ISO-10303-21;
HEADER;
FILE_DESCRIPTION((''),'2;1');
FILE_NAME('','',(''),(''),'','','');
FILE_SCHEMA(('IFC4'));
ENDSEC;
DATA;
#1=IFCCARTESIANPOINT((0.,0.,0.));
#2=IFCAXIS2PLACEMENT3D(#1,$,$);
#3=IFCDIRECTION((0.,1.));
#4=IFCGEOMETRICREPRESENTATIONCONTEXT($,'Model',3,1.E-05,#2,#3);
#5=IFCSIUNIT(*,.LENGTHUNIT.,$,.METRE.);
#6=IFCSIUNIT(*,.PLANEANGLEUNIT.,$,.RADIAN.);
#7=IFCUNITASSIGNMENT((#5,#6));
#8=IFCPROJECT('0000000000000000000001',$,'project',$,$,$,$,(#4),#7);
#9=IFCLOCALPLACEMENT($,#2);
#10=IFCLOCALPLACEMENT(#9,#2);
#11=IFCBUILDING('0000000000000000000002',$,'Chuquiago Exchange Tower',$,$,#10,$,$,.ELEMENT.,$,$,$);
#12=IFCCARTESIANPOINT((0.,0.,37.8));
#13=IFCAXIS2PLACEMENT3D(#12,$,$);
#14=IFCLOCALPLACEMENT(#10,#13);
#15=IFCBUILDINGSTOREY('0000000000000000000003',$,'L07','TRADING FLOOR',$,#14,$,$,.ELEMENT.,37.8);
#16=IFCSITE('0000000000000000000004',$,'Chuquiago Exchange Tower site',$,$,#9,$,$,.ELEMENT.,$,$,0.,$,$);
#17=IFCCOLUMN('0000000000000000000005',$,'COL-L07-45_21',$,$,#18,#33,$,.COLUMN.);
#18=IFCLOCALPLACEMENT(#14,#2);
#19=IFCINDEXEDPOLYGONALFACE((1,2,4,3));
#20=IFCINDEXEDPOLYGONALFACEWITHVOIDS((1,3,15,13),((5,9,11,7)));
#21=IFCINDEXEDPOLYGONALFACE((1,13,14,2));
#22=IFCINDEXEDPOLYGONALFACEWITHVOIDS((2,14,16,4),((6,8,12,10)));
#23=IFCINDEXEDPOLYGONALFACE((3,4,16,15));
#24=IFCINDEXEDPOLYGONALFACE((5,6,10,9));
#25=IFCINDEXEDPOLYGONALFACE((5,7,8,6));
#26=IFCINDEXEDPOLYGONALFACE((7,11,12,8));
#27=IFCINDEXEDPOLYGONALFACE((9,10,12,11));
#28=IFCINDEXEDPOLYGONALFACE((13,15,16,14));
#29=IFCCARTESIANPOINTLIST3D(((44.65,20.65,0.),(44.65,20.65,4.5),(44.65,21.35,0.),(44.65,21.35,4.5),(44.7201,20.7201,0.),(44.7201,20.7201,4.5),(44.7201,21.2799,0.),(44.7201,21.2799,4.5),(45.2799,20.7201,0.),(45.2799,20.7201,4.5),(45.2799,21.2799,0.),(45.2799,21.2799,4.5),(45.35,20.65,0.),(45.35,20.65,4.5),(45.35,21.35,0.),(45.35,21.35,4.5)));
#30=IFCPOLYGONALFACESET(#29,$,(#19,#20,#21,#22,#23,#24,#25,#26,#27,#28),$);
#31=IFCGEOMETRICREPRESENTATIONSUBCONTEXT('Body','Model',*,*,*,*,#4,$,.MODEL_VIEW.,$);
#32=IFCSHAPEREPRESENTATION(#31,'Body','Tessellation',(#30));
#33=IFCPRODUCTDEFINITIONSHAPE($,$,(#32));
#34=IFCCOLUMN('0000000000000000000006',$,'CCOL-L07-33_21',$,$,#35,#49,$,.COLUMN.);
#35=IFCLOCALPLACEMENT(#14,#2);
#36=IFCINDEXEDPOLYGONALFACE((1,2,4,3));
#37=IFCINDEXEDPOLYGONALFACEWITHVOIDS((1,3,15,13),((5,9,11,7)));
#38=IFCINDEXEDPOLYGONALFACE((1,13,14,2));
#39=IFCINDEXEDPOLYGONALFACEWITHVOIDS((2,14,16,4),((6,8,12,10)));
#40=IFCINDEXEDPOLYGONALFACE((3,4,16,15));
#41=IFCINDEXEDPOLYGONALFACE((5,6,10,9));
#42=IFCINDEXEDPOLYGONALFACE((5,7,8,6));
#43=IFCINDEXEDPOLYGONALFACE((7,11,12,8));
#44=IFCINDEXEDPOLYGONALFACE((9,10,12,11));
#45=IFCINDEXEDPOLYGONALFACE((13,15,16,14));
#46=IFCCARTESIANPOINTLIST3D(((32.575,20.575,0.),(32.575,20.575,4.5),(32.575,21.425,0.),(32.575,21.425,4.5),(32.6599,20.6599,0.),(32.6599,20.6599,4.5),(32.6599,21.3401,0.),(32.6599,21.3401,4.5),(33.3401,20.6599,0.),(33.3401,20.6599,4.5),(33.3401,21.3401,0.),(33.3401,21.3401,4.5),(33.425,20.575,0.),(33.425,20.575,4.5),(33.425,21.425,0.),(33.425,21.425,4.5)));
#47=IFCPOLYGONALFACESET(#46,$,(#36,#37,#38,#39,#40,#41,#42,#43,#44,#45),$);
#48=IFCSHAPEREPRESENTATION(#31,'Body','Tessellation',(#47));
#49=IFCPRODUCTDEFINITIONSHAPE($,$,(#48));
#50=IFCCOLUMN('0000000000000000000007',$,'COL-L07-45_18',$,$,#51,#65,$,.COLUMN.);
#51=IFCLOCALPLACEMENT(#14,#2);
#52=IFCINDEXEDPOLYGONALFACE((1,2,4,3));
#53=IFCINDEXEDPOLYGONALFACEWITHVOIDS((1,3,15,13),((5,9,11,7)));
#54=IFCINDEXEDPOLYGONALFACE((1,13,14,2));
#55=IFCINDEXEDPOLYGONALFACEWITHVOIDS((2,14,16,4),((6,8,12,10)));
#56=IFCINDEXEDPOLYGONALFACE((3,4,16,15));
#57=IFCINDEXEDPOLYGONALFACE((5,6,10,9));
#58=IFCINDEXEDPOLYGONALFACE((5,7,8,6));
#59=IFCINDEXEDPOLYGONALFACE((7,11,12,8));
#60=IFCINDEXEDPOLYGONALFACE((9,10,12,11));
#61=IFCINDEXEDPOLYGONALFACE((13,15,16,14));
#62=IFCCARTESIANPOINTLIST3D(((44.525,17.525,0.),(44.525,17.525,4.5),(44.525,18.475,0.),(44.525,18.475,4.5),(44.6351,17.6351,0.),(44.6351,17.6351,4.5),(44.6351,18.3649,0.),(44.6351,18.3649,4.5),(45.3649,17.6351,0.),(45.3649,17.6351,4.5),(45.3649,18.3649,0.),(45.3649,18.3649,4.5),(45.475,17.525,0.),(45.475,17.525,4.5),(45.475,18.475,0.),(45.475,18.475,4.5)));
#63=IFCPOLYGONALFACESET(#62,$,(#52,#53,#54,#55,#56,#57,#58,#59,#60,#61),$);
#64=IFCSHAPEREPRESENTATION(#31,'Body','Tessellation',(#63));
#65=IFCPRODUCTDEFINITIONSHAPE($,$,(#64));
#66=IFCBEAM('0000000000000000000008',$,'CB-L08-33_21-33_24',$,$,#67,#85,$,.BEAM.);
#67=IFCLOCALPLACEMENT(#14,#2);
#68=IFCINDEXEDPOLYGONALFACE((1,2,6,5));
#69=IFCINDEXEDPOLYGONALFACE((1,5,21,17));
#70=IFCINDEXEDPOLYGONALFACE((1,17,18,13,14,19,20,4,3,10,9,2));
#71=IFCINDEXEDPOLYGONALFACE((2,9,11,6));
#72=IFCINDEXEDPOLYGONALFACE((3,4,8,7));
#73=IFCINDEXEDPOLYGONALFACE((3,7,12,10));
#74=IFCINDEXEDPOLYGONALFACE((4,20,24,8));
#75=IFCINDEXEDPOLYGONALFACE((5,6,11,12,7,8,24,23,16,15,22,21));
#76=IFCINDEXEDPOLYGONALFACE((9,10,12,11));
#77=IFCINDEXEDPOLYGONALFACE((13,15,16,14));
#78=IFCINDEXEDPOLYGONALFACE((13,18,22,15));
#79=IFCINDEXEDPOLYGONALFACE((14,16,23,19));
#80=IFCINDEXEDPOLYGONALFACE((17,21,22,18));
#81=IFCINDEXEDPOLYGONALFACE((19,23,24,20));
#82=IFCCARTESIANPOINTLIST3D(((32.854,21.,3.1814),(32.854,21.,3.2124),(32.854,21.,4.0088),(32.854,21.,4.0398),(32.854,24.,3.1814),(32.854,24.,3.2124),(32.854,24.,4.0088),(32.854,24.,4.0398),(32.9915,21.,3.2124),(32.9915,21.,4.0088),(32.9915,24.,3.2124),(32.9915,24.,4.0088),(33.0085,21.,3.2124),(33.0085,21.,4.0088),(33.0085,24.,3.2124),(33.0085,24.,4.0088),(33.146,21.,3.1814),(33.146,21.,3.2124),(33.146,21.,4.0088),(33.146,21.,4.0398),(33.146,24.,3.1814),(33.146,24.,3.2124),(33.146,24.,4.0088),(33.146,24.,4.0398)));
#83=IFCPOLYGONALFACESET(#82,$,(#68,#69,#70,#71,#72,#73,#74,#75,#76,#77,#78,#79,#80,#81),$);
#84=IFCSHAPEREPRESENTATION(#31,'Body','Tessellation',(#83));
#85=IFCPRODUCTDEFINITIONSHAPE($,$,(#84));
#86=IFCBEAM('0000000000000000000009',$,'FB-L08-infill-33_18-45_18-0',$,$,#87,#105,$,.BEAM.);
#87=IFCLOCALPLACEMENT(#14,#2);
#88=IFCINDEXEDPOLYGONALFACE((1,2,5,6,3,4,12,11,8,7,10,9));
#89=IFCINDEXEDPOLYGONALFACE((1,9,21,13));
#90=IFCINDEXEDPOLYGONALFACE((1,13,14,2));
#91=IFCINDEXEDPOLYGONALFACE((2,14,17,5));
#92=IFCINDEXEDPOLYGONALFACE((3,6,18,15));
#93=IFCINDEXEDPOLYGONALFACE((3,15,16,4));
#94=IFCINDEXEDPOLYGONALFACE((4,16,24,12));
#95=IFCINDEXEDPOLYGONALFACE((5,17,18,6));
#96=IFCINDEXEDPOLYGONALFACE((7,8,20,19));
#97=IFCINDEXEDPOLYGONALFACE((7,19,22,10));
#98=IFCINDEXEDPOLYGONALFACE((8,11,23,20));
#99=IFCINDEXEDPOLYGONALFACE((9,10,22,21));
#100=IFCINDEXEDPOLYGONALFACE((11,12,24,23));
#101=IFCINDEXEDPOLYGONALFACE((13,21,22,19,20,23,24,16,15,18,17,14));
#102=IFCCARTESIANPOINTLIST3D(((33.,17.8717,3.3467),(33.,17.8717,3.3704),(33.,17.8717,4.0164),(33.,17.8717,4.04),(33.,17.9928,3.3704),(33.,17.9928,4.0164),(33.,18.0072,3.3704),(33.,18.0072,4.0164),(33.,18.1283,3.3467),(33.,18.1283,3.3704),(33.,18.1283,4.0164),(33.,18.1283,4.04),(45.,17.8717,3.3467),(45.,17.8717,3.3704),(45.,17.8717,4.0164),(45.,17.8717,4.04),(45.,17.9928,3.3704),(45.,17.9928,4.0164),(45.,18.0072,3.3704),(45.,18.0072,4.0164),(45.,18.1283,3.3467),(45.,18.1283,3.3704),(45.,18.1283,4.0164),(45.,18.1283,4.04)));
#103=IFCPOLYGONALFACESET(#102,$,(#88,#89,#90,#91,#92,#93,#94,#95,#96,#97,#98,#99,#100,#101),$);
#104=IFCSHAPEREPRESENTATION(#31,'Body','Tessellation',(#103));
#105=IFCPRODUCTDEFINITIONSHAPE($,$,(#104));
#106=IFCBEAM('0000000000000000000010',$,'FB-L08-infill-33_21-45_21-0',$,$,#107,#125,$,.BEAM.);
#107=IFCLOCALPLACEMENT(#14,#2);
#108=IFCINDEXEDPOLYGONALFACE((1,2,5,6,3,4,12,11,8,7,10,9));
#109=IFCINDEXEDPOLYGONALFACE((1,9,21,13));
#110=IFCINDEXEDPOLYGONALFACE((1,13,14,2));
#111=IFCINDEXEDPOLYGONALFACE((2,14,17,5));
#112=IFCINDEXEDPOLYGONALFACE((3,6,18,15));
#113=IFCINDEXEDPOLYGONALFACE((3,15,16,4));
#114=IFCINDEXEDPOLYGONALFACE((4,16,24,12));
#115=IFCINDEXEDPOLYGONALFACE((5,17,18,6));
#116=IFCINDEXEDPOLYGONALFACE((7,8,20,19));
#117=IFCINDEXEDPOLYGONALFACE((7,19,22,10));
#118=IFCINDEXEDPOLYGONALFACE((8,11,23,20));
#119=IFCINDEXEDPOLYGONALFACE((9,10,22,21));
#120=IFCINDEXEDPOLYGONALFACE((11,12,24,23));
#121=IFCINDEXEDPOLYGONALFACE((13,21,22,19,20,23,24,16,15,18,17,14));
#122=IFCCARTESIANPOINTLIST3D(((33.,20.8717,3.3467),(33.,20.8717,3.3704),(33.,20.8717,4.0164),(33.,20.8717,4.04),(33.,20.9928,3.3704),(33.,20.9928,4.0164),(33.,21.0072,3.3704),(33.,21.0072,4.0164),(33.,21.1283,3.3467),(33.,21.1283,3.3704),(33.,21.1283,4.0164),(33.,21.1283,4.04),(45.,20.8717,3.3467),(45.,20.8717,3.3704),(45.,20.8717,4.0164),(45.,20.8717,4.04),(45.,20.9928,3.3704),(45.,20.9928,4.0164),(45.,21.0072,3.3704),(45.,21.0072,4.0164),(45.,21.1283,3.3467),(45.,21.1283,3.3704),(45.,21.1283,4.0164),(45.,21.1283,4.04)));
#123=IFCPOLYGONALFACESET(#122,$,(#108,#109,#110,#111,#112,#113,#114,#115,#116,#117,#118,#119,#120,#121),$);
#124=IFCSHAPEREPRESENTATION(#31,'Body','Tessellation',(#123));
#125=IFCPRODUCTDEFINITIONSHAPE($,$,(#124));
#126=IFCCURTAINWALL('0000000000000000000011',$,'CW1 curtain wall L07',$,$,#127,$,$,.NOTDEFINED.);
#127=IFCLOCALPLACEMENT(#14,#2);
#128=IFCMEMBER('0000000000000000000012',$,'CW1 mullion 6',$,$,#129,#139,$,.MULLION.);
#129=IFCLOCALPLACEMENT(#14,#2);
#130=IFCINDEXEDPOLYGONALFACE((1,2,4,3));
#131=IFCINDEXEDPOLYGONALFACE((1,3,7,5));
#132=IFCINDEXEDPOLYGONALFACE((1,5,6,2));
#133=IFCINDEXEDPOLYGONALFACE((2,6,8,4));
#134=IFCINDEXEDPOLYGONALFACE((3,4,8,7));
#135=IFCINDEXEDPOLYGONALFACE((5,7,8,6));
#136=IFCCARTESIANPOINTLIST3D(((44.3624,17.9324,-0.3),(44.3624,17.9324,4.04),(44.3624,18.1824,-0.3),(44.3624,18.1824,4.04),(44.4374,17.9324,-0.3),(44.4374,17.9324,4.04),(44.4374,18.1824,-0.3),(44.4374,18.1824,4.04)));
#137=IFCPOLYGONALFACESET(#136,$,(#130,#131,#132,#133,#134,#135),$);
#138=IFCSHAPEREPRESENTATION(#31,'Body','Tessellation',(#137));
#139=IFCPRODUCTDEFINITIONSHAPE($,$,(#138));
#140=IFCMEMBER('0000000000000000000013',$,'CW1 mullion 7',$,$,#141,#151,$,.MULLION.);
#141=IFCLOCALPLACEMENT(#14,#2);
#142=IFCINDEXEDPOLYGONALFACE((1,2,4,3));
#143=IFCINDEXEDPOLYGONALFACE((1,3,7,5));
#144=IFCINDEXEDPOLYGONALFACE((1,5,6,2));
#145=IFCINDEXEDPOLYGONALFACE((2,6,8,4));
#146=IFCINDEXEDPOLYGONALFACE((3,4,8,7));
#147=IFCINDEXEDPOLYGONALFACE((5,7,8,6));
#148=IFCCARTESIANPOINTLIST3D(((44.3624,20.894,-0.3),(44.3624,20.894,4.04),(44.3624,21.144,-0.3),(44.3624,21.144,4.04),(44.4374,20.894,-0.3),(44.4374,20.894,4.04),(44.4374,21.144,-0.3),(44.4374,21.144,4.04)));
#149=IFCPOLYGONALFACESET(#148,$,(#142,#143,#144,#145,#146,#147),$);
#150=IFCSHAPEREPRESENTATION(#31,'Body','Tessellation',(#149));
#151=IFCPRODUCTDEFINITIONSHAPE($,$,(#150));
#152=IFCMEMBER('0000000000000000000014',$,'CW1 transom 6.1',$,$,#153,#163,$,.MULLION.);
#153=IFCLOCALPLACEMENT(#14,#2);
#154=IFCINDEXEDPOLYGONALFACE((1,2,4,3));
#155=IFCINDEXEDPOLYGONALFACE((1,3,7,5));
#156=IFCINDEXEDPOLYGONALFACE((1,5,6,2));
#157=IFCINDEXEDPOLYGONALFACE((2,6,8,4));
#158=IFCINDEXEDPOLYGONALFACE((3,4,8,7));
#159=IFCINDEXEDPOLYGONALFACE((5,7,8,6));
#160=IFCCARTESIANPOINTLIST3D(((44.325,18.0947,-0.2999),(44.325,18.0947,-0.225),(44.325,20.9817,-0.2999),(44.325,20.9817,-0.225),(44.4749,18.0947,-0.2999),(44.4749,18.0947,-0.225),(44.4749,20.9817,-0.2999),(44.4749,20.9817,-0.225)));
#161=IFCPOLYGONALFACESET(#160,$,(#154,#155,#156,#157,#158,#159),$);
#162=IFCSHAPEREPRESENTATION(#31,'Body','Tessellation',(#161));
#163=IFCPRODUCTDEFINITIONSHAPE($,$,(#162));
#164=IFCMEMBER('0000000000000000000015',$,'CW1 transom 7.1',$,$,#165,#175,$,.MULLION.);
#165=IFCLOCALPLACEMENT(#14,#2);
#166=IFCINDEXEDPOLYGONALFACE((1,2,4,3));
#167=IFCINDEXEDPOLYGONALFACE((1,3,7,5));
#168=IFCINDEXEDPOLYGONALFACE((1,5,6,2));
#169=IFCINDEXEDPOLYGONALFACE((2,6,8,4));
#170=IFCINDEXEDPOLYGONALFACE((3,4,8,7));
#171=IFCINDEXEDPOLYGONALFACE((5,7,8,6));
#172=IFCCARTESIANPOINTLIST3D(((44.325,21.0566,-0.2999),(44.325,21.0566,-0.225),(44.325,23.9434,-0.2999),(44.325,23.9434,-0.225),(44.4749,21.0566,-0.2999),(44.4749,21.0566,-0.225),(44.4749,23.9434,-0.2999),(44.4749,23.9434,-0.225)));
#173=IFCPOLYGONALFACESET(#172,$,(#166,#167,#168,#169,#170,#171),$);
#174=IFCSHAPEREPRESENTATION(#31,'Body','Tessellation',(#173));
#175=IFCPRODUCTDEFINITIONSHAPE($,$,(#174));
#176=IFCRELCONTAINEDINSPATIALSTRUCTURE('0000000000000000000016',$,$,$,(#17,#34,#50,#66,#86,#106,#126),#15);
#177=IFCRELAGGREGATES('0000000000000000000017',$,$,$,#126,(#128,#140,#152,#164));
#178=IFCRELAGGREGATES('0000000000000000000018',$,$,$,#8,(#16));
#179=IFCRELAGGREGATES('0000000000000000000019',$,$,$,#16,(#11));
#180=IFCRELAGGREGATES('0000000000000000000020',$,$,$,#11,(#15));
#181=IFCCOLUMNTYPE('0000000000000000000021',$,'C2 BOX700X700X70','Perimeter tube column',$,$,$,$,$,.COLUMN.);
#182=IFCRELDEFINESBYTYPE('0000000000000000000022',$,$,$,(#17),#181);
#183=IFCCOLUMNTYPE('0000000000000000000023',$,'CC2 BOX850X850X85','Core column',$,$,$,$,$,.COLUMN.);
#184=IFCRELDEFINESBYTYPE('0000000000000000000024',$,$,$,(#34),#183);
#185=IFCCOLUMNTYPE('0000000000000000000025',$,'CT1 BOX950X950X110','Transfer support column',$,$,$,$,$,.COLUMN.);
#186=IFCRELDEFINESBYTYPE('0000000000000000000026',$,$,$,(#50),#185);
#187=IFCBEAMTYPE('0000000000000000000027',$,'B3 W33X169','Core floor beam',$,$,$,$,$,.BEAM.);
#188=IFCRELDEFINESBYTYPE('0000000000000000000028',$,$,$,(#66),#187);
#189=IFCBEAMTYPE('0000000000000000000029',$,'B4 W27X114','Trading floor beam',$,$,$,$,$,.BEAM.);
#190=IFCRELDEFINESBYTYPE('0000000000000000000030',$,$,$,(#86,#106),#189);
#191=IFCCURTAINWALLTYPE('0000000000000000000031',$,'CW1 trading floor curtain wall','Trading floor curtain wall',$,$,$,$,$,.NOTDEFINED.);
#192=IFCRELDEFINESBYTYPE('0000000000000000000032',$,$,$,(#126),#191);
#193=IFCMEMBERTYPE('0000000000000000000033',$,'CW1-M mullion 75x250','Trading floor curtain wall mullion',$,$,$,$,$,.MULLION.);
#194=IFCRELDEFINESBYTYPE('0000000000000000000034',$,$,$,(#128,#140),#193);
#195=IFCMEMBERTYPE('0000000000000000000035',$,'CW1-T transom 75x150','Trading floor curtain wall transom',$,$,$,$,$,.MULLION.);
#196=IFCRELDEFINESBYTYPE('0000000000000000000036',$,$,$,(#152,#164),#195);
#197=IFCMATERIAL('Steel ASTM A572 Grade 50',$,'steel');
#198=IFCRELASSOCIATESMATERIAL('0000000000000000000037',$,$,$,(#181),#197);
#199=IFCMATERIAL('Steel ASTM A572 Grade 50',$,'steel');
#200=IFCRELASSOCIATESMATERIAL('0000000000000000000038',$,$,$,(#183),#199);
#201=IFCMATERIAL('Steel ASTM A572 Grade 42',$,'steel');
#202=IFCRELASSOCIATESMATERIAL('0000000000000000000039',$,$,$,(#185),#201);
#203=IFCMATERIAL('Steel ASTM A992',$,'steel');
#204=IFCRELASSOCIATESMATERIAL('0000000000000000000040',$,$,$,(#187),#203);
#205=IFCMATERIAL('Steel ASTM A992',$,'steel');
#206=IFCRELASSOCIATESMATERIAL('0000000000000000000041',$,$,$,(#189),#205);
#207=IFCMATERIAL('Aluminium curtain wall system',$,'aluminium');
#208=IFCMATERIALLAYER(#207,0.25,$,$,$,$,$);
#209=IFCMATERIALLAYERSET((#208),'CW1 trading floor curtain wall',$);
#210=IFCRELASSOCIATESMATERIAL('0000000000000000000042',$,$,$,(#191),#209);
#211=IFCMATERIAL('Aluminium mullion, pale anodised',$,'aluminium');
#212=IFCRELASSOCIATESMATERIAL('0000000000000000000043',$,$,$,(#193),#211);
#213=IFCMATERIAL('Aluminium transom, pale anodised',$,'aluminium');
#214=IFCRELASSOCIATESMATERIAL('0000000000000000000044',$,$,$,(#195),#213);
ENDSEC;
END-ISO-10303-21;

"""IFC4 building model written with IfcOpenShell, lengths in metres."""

from ifc_helpers import new_model, si_unit, direction, frame, origin, origin_2d, place, context, subcontext, project, spatial, rectangle, hollow_rectangle, i_section, extrude, material, layer, layer_set, material_profile, profile_set, type_object, element, aggregate, save


model = new_model("IFC4")

# Units and contexts
model_context = context("Model", 3, precision=1e-05, world=origin(), true_north=direction((0.0, 1.0)))
body_context = subcontext(model_context, "Body", "Model", "MODEL_VIEW")
ifc_project = project(units=[si_unit("LENGTHUNIT", "METRE"), si_unit("PLANEANGLEUNIT", "RADIAN")], contexts=[model_context])

# Site, building, storey
site_placement = place(None, origin())
site = spatial("IfcSite", under=ifc_project, at=site_placement, Name="Chuquiago Exchange Tower site", CompositionType="ELEMENT", RefElevation=0.0)
building_placement = place(site_placement, origin())
building = spatial("IfcBuilding", under=site, at=building_placement, Name="Chuquiago Exchange Tower", CompositionType="ELEMENT")
storey_placement = place(building_placement, frame((0.0, 0.0, 37.8)))
storey = spatial("IfcBuildingStorey", under=building, at=storey_placement, Name="L07", Description="TRADING FLOOR", CompositionType="ELEMENT", Elevation=37.8)

# Columns
ifc_material_1 = material(Name="Steel ASTM A572 Grade 50", Category="steel")
ifc_material_profile_1 = material_profile(ifc_material_1, hollow_rectangle(XDim=0.7, YDim=0.7, WallThickness=0.0701, at=origin_2d()), Name="BOX700X700X70")
ifc_profile_set_1 = profile_set([ifc_material_profile_1], Name="Steel ASTM A572 Grade 50")
column_type_1 = type_object("IfcColumnType", Name="C2 BOX700X700X70", Description="Perimeter tube column", PredefinedType="COLUMN", material=ifc_profile_set_1)
column_1_placement = place(storey_placement, frame((45.0, 21.0, 0.0), z_axis=(0.0, 0.0, 1.0), x_axis=(1.0, 0.0, 0.0)))
element("IfcColumn", 1, at=column_1_placement, inside=storey, type_object=column_type_1, Name="COL-L07-45_21", PredefinedType="COLUMN", context=body_context, shape_type="SweptSolid", body=[
    extrude(hollow_rectangle(XDim=0.7, YDim=0.7, WallThickness=0.0701, at=origin_2d()), origin(), (0.0, 0.0, 1.0), 4.5),
])
ifc_material_2 = material(Name="Steel ASTM A572 Grade 50", Category="steel")
ifc_material_profile_2 = material_profile(ifc_material_2, hollow_rectangle(XDim=0.8501, YDim=0.8501, WallThickness=0.085, at=origin_2d()), Name="BOX850X850X85")
ifc_profile_set_2 = profile_set([ifc_material_profile_2], Name="Steel ASTM A572 Grade 50")
column_type_2 = type_object("IfcColumnType", Name="CC2 BOX850X850X85", Description="Core column", PredefinedType="COLUMN", material=ifc_profile_set_2)
column_2_placement = place(storey_placement, frame((33.0, 21.0, 0.0), z_axis=(0.0, 0.0, 1.0), x_axis=(1.0, 0.0, 0.0)))
element("IfcColumn", 2, at=column_2_placement, inside=storey, type_object=column_type_2, Name="CCOL-L07-33_21", PredefinedType="COLUMN", context=body_context, shape_type="SweptSolid", body=[
    extrude(hollow_rectangle(XDim=0.8501, YDim=0.8501, WallThickness=0.085, at=origin_2d()), origin(), (0.0, 0.0, 1.0), 4.5),
])
ifc_material_3 = material(Name="Steel ASTM A572 Grade 42", Category="steel")
ifc_material_profile_3 = material_profile(ifc_material_3, hollow_rectangle(XDim=0.95, YDim=0.95, WallThickness=0.1101, at=origin_2d()), Name="BOX950X950X110")
ifc_profile_set_3 = profile_set([ifc_material_profile_3], Name="Steel ASTM A572 Grade 42")
column_type_3 = type_object("IfcColumnType", Name="CT1 BOX950X950X110", Description="Transfer support column", PredefinedType="COLUMN", material=ifc_profile_set_3)
column_3_placement = place(storey_placement, frame((45.0, 18.0, 0.0), z_axis=(0.0, 0.0, 1.0), x_axis=(1.0, 0.0, 0.0)))
element("IfcColumn", 3, at=column_3_placement, inside=storey, type_object=column_type_3, Name="COL-L07-45_18", PredefinedType="COLUMN", context=body_context, shape_type="SweptSolid", body=[
    extrude(hollow_rectangle(XDim=0.95, YDim=0.95, WallThickness=0.1101, at=origin_2d()), origin(), (0.0, 0.0, 1.0), 4.5),
])

# Beams
ifc_material_4 = material(Name="Steel ASTM A992", Category="steel")
ifc_material_profile_4 = material_profile(ifc_material_4, i_section(OverallWidth=0.292, OverallDepth=0.8584, WebThickness=0.0171, FlangeThickness=0.031, at=origin_2d()), Name="W33X169")
ifc_profile_set_4 = profile_set([ifc_material_profile_4], Name="Steel ASTM A992")
beam_type_1 = type_object("IfcBeamType", Name="B3 W33X169", Description="Core floor beam", PredefinedType="BEAM", material=ifc_profile_set_4)
beam_placement = place(storey_placement, frame((33.0, 21.0, 3.6106), z_axis=(0.0, 1.0, 0.0), x_axis=(-1.0, 0.0, 0.0)))
element("IfcBeam", 4, at=beam_placement, inside=storey, type_object=beam_type_1, Name="CB-L08-33_21-33_24", PredefinedType="BEAM", context=body_context, shape_type="SweptSolid", body=[
    extrude(i_section(OverallWidth=0.292, OverallDepth=0.8584, WebThickness=0.0171, FlangeThickness=0.031, at=origin_2d()), origin(), (0.0, 0.0, 1.0), 3.0),
])
ifc_material_5 = material(Name="Steel ASTM A992", Category="steel")
ifc_material_profile_5 = material_profile(ifc_material_5, i_section(OverallWidth=0.2566, OverallDepth=0.6934, WebThickness=0.0144, FlangeThickness=0.0237, at=origin_2d()), Name="W27X114")
ifc_profile_set_5 = profile_set([ifc_material_profile_5], Name="Steel ASTM A992")
beam_type_2 = type_object("IfcBeamType", Name="B4 W27X114", Description="Trading floor beam", PredefinedType="BEAM", material=ifc_profile_set_5)
for number, where, z_axis, x_axis, name in (
    (5, (33.0, 18.0, 3.6934), (1.0, 0.0, 0.0), (0.0, 1.0, 0.0), "FB-L08-infill-33_18-45_18-0"),
    (6, (33.0, 21.0, 3.6934), (1.0, 0.0, 0.0), (0.0, 1.0, 0.0), "FB-L08-infill-33_21-45_21-0"),
):
    element("IfcBeam", number, at=place(storey_placement, frame(where, z_axis=z_axis, x_axis=x_axis)), inside=storey, type_object=beam_type_2, Name=name, PredefinedType="BEAM", context=body_context, shape_type="SweptSolid", body=[
        extrude(i_section(OverallWidth=0.2566, OverallDepth=0.6934, WebThickness=0.0144, FlangeThickness=0.0237, at=origin_2d()), origin(), (0.0, 0.0, 1.0), 12.0),
    ])

# Curtain wall, members
ifc_material_6 = material(Name="Aluminium curtain wall system", Category="aluminium")
ifc_layer_1 = layer(ifc_material_6, 0.25)
ifc_layer_set_1 = layer_set([ifc_layer_1], Name="CW1 trading floor curtain wall")
curtain_wall_type = type_object("IfcCurtainWallType", Name="CW1 trading floor curtain wall", Description="Trading floor curtain wall", PredefinedType="NOTDEFINED", material=ifc_layer_set_1)
curtain_wall_placement = place(storey_placement, origin())
curtain_wall = element("IfcCurtainWall", 7, at=curtain_wall_placement, inside=storey, type_object=curtain_wall_type, Name="CW1 curtain wall L07", PredefinedType="NOTDEFINED")
ifc_material_7 = material(Name="Aluminium mullion, pale anodised", Category="aluminium")
ifc_material_profile_6 = material_profile(ifc_material_7, rectangle(XDim=0.075, YDim=0.25, at=origin_2d()), Name="AL 75x250")
ifc_profile_set_6 = profile_set([ifc_material_profile_6], Name="Aluminium mullion, pale anodised")
member_type_1 = type_object("IfcMemberType", Name="CW1-M mullion 75x250", Description="Trading floor curtain wall mullion", PredefinedType="MULLION", material=ifc_profile_set_6)
member_1_placement = place(storey_placement, frame((44.3999, 18.0574, -0.3), z_axis=(0.0, 0.0, 1.0), x_axis=(-1.0, 0.0, 0.0)))
member_1 = element("IfcMember", 8, at=member_1_placement, type_object=member_type_1, Name="CW1 mullion 6", PredefinedType="MULLION", context=body_context, shape_type="SweptSolid", body=[
    extrude(rectangle(XDim=0.075, YDim=0.25, at=origin_2d()), origin(), (0.0, 0.0, 1.0), 4.3401),
])
member_2_placement = place(storey_placement, frame((44.3999, 21.019, -0.3), z_axis=(0.0, 0.0, 1.0), x_axis=(-1.0, 0.0, 0.0)))
member_2 = element("IfcMember", 9, at=member_2_placement, type_object=member_type_1, Name="CW1 mullion 7", PredefinedType="MULLION", context=body_context, shape_type="SweptSolid", body=[
    extrude(rectangle(XDim=0.075, YDim=0.25, at=origin_2d()), origin(), (0.0, 0.0, 1.0), 4.3401),
])
ifc_material_8 = material(Name="Aluminium transom, pale anodised", Category="aluminium")
ifc_material_profile_7 = material_profile(ifc_material_8, rectangle(XDim=0.1499, YDim=0.075, at=origin_2d()), Name="AL 150x75")
ifc_profile_set_7 = profile_set([ifc_material_profile_7], Name="Aluminium transom, pale anodised")
member_type_2 = type_object("IfcMemberType", Name="CW1-T transom 75x150", Description="Trading floor curtain wall transom", PredefinedType="MULLION", material=ifc_profile_set_7)
member_3_placement = place(storey_placement, frame((44.3999, 18.0947, -0.2625), z_axis=(0.0, 1.0, 0.0), x_axis=(-1.0, 0.0, 0.0)))
member_3 = element("IfcMember", 10, at=member_3_placement, type_object=member_type_2, Name="CW1 transom 6.1", PredefinedType="MULLION", context=body_context, shape_type="SweptSolid", body=[
    extrude(rectangle(XDim=0.1499, YDim=0.075, at=origin_2d()), origin(), (0.0, 0.0, 1.0), 2.887),
])
member_4_placement = place(storey_placement, frame((44.3999, 21.0566, -0.2625), z_axis=(0.0, 1.0, 0.0), x_axis=(-1.0, 0.0, 0.0)))
member_4 = element("IfcMember", 11, at=member_4_placement, type_object=member_type_2, Name="CW1 transom 7.1", PredefinedType="MULLION", context=body_context, shape_type="SweptSolid", body=[
    extrude(rectangle(XDim=0.1499, YDim=0.075, at=origin_2d()), origin(), (0.0, 0.0, 1.0), 2.8867),
])

aggregate(curtain_wall, [member_1, member_2, member_3, member_4])

save(model, "model.ifc")
